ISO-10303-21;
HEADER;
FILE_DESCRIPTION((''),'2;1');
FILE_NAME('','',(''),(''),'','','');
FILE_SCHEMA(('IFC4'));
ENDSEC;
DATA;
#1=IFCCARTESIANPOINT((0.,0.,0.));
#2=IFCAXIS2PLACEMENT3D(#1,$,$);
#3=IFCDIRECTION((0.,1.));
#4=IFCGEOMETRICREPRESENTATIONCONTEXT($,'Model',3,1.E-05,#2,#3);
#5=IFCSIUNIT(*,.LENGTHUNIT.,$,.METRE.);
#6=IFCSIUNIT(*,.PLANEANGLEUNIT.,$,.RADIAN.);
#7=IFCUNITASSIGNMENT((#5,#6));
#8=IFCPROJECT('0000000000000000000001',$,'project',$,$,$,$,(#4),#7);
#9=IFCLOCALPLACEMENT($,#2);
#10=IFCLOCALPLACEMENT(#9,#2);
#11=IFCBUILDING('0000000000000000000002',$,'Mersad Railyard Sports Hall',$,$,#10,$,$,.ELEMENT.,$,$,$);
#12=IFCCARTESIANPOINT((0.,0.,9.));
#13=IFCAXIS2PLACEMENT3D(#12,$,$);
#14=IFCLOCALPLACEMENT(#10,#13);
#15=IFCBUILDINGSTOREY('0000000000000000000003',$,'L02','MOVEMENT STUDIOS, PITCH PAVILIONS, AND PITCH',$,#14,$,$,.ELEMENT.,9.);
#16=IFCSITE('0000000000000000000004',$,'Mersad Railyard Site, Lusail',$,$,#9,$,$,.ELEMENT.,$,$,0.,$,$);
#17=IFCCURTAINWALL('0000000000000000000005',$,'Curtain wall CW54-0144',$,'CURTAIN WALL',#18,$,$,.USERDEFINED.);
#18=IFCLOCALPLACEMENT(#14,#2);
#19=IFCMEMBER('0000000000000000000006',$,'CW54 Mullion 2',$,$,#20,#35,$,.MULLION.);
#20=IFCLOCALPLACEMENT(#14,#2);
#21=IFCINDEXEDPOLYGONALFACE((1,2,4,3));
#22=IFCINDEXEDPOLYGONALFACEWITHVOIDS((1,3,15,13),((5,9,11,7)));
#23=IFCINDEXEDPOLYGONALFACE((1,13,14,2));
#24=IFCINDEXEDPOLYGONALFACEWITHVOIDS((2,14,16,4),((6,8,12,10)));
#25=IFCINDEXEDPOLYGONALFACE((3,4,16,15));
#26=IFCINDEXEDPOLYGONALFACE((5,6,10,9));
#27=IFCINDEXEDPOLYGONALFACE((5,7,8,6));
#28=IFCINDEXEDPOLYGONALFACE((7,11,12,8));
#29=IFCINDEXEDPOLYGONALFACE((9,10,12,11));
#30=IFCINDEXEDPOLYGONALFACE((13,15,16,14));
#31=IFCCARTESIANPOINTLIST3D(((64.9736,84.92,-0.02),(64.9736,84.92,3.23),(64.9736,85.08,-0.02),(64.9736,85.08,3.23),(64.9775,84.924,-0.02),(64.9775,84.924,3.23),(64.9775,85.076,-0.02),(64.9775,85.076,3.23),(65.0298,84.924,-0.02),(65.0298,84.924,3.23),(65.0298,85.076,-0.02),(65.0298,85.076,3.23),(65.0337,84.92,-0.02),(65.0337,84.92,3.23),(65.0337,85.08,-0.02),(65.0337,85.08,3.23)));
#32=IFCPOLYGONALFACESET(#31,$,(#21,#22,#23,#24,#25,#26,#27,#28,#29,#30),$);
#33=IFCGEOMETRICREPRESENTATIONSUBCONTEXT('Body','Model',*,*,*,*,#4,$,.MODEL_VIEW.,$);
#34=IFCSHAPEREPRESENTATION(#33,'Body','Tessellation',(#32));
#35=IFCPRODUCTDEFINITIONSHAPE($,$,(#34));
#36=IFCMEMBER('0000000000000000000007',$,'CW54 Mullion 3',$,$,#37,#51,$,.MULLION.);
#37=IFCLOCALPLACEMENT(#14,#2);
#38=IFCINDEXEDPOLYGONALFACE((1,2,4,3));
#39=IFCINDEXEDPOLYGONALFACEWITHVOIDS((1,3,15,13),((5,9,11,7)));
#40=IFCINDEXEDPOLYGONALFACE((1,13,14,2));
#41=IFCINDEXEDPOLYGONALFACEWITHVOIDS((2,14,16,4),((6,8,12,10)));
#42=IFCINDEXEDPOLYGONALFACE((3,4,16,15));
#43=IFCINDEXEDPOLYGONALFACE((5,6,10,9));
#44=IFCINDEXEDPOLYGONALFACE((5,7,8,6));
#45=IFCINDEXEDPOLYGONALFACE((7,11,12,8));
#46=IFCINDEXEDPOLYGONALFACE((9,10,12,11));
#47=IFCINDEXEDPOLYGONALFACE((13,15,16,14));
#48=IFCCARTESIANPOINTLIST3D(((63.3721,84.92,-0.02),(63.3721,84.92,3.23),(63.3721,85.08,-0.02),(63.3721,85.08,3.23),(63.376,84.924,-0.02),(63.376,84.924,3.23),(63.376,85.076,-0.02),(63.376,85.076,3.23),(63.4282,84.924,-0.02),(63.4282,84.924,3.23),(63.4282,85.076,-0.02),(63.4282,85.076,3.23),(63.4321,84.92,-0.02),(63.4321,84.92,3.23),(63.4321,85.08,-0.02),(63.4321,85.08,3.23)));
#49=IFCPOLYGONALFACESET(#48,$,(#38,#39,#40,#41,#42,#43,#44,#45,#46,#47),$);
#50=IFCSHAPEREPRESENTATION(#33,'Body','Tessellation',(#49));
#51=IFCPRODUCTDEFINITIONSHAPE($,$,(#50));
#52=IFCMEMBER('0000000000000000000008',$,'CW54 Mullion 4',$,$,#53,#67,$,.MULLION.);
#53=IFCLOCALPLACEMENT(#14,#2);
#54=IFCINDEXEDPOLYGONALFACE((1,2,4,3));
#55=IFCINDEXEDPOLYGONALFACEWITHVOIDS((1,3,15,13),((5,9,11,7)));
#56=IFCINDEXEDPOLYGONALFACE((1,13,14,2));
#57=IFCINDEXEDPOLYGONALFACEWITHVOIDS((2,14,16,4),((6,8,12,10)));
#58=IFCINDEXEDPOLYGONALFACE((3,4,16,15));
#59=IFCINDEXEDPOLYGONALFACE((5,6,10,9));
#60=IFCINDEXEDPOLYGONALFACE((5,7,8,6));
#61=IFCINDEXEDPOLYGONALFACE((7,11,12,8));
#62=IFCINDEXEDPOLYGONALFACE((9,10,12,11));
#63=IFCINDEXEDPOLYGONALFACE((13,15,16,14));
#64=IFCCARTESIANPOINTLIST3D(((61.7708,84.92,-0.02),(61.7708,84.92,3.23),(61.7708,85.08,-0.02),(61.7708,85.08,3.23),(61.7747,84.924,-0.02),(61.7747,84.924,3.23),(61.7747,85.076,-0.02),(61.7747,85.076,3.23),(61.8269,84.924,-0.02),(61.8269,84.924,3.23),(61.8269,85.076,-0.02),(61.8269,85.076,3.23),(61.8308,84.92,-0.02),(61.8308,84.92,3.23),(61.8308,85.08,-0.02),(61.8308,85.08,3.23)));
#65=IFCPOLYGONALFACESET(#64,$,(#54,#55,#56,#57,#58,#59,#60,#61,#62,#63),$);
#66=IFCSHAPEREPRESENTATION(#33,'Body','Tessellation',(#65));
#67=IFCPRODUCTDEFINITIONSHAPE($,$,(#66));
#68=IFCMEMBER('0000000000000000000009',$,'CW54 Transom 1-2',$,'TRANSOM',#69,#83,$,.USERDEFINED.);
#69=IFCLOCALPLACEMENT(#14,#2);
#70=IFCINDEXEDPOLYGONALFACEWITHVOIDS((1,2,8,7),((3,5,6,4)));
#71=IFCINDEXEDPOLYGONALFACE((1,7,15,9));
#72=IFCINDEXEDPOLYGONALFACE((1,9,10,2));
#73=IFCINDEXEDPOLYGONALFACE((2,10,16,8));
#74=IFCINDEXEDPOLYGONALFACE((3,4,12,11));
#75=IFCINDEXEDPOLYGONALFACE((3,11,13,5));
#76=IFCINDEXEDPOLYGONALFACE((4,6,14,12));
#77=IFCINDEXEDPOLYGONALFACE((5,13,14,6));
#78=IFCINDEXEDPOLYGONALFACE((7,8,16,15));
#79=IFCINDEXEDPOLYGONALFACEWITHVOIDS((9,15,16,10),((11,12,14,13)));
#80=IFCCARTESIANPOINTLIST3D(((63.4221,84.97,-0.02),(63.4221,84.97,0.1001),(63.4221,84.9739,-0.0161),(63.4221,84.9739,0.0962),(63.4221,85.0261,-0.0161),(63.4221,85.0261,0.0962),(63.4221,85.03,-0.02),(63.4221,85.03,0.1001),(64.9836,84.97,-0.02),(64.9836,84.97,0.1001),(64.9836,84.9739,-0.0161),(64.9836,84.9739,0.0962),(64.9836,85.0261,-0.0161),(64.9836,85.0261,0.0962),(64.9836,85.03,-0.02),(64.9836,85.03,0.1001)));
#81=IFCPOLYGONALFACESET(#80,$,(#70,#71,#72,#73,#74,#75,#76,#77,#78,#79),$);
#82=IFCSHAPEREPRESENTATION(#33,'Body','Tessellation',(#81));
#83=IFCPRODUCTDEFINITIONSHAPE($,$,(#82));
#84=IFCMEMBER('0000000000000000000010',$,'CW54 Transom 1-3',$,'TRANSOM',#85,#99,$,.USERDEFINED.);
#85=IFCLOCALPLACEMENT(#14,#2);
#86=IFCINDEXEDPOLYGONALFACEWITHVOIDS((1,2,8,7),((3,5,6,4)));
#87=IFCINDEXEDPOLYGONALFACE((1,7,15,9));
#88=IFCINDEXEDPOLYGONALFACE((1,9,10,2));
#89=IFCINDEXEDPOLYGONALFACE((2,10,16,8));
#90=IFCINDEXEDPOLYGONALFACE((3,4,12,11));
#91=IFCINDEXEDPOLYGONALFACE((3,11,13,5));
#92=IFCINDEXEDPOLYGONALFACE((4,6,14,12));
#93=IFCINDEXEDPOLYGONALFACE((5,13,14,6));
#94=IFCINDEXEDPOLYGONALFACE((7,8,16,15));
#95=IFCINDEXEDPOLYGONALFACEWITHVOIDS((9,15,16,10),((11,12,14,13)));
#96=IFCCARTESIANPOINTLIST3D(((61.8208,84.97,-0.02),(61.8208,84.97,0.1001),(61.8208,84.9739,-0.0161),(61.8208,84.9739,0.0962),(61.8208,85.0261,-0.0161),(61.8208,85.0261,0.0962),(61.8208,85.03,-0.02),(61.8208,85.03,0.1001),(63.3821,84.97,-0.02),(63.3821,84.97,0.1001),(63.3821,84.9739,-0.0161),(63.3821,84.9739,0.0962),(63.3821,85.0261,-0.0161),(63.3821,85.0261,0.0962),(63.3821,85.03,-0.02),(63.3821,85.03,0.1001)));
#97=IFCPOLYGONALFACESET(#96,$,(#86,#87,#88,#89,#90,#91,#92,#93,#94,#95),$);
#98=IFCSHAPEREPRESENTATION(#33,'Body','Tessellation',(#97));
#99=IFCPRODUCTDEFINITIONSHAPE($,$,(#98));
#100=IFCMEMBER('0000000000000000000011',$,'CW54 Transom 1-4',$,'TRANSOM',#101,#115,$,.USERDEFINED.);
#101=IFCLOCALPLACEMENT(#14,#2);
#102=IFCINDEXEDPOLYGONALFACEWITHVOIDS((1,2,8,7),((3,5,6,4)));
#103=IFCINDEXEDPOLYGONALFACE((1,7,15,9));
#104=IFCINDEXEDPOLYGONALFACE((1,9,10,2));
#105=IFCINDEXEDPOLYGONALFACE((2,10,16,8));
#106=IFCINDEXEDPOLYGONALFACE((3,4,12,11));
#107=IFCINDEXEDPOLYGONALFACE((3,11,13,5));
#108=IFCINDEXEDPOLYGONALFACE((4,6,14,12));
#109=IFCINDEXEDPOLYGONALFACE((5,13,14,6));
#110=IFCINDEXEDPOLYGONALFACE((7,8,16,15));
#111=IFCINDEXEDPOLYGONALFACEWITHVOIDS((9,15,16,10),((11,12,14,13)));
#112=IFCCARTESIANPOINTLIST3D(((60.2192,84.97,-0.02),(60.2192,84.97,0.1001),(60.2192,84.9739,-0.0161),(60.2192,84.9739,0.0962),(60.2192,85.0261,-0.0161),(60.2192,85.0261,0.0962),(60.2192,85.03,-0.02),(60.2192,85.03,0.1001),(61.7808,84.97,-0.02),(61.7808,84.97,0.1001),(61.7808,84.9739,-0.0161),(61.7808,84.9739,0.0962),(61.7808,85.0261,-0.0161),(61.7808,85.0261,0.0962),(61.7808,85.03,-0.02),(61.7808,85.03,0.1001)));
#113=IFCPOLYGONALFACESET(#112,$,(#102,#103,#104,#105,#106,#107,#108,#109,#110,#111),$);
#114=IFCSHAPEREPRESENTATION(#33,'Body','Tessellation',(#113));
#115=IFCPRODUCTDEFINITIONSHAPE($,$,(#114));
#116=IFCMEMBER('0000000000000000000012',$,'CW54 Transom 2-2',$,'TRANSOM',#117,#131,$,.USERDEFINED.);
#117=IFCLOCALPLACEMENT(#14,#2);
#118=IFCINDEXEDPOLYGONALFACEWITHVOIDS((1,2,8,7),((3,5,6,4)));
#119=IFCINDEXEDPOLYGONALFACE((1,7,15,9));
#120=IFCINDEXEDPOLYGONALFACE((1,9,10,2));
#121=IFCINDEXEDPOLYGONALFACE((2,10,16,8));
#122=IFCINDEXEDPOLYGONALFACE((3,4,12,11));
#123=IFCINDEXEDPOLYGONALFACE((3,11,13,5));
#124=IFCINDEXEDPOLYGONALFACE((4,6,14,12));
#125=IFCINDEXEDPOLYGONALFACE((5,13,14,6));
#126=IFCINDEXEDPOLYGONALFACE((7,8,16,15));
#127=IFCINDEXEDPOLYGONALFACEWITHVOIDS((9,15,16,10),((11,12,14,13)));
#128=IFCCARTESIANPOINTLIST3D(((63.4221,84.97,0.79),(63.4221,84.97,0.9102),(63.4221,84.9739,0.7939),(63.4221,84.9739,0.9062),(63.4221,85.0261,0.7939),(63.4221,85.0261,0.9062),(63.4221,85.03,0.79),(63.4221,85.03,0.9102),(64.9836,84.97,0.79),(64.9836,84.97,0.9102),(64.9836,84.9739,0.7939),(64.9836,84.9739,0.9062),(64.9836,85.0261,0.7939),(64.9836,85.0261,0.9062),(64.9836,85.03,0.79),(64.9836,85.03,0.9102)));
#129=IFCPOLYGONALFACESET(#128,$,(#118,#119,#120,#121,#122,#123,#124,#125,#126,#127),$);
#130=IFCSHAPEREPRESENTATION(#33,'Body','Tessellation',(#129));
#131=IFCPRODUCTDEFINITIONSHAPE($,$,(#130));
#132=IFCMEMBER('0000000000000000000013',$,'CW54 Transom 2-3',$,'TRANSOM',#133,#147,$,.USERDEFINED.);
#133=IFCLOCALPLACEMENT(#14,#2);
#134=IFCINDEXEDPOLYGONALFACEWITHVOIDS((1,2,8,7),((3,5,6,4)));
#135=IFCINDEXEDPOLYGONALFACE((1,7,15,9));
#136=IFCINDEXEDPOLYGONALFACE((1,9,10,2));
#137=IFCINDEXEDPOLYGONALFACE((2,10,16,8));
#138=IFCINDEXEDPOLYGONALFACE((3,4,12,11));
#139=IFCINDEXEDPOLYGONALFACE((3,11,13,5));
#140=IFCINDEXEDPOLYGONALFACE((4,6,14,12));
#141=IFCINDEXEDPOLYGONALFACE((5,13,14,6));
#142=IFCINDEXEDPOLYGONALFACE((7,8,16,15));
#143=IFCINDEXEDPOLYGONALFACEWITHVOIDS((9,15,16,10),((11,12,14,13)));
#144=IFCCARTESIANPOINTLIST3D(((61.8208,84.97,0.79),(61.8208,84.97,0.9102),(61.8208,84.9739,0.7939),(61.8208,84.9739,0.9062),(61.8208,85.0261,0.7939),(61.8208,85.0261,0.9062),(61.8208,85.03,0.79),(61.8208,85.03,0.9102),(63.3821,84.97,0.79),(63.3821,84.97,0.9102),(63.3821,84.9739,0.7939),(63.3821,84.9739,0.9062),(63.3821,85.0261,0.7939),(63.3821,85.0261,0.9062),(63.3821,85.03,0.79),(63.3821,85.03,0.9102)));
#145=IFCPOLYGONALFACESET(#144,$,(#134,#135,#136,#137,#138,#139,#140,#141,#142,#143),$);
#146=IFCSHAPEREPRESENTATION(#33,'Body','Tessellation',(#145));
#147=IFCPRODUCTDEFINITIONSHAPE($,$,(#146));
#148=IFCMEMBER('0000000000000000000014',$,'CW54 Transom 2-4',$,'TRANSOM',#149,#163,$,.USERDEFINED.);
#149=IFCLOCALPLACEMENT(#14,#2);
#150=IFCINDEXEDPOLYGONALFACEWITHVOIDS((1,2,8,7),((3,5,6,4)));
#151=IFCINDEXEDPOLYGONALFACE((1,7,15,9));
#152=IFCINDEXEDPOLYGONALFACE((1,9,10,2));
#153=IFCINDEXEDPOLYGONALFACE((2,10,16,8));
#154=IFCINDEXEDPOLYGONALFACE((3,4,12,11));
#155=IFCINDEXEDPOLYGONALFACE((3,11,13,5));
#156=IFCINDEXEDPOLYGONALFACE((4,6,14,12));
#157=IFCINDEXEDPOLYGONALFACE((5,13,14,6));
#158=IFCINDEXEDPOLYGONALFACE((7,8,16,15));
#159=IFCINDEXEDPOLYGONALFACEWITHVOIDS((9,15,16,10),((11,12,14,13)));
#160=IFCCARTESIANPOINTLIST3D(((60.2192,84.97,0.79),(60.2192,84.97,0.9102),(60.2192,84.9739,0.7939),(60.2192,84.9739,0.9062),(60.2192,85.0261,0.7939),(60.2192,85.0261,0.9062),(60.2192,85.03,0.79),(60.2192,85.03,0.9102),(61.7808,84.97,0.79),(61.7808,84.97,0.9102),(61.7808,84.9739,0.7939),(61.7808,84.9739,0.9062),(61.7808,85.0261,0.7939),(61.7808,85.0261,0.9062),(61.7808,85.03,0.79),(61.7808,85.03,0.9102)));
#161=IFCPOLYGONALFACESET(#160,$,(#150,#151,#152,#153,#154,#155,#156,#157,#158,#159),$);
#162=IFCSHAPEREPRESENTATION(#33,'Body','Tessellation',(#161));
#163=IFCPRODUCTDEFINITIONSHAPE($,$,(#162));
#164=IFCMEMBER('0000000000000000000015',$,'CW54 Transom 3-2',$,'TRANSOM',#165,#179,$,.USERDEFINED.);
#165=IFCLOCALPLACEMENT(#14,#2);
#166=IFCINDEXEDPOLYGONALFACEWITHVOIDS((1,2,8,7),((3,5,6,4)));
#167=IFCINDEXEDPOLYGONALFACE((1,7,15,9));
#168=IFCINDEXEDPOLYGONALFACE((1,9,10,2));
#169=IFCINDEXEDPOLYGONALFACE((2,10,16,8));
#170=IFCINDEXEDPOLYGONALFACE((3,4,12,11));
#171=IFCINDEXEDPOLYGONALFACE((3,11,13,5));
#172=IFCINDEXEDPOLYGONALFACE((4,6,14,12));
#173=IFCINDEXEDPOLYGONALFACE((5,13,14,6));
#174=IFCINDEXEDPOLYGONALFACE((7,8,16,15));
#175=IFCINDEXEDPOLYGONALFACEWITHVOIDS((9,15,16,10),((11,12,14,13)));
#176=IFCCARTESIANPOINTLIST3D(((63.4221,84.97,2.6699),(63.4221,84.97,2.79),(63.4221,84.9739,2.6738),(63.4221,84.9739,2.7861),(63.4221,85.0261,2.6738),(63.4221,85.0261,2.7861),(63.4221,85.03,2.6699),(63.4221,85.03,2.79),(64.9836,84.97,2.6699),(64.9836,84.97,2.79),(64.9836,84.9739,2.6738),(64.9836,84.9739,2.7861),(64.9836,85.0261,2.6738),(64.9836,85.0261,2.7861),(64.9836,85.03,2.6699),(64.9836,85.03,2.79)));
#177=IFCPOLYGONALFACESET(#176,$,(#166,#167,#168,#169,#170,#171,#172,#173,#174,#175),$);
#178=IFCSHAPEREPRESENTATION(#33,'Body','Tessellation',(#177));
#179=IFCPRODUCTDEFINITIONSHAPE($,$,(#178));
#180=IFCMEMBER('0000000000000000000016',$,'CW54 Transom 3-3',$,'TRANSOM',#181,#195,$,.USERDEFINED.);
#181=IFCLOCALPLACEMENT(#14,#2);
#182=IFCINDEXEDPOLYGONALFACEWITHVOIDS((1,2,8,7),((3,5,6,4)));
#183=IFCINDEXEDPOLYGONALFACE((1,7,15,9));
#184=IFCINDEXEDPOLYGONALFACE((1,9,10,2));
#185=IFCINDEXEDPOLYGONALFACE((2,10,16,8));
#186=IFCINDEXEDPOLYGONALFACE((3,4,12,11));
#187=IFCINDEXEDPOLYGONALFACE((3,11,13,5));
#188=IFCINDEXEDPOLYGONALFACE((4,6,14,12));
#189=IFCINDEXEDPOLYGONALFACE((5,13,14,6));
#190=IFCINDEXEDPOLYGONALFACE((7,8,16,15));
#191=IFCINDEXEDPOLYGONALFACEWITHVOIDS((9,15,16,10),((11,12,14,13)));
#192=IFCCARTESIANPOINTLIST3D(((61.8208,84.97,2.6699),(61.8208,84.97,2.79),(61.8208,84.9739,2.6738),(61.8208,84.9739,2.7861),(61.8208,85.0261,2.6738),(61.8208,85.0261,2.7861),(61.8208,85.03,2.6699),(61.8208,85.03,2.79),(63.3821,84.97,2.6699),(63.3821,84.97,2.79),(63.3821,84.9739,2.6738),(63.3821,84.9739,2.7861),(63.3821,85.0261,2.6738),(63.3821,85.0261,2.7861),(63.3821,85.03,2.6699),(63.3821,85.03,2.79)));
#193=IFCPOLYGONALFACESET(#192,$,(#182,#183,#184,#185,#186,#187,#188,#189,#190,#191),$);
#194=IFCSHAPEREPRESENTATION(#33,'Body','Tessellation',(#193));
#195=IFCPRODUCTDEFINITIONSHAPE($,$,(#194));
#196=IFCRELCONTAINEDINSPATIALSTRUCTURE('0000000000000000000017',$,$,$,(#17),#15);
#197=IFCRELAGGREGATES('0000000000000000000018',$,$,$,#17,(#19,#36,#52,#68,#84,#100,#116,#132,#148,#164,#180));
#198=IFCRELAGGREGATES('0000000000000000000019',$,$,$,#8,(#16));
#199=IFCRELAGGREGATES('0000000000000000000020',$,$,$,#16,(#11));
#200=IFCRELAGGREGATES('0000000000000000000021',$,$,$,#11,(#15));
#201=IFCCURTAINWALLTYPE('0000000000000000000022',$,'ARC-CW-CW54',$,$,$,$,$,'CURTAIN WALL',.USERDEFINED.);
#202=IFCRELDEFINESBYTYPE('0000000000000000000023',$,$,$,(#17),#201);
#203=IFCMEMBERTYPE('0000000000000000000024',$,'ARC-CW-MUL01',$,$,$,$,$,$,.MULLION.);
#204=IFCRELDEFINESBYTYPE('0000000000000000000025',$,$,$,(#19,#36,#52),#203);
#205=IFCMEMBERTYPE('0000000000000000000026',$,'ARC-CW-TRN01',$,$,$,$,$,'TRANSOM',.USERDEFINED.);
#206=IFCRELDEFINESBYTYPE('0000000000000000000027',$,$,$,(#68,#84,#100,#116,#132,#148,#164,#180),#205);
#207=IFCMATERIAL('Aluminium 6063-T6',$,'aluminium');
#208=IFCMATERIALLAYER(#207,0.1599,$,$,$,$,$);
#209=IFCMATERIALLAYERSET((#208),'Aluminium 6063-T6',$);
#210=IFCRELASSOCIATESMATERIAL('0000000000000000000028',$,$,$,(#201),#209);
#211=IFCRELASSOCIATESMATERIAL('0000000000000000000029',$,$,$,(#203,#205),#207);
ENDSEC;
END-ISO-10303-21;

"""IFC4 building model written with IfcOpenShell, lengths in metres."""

from ifc_helpers import new_model, si_unit, direction, frame, origin, origin_2d, place, context, subcontext, project, spatial, hollow_rectangle, extrude, material, layer, layer_set, material_profile, profile_set, type_object, element, aggregate, save


model = new_model("IFC4")

# Units and contexts
model_context = context("Model", 3, precision=1e-05, world=origin(), true_north=direction((0.0, 1.0)))
body_context = subcontext(model_context, "Body", "Model", "MODEL_VIEW")
ifc_project = project(units=[si_unit("LENGTHUNIT", "METRE"), si_unit("PLANEANGLEUNIT", "RADIAN")], contexts=[model_context])

# Site, building, storey
site_placement = place(None, origin())
site = spatial("IfcSite", under=ifc_project, at=site_placement, Name="Mersad Railyard Site, Lusail", CompositionType="ELEMENT", RefElevation=0.0)
building_placement = place(site_placement, origin())
building = spatial("IfcBuilding", under=site, at=building_placement, Name="Mersad Railyard Sports Hall", CompositionType="ELEMENT")
storey_placement = place(building_placement, frame((0.0, 0.0, 9.0)))
storey = spatial("IfcBuildingStorey", under=building, at=storey_placement, Name="L02", Description="MOVEMENT STUDIOS, PITCH PAVILIONS, AND PITCH", CompositionType="ELEMENT", Elevation=9.0)

# Curtain wall, members
ifc_material_1 = material(Name="Aluminium 6063-T6", Category="aluminium")
ifc_layer_1 = layer(ifc_material_1, 0.1599)
ifc_layer_set_1 = layer_set([ifc_layer_1], Name="Aluminium 6063-T6")
curtain_wall_type = type_object("IfcCurtainWallType", Name="ARC-CW-CW54", ElementType="CURTAIN WALL", PredefinedType="USERDEFINED", material=ifc_layer_set_1)
curtain_wall_placement = place(storey_placement, origin())
curtain_wall = element("IfcCurtainWall", 1, at=curtain_wall_placement, inside=storey, type_object=curtain_wall_type, Name="Curtain wall CW54-0144", ObjectType="CURTAIN WALL", PredefinedType="USERDEFINED")
ifc_material_profile_1 = material_profile(ifc_material_1, hollow_rectangle(XDim=0.0601, YDim=0.1599, WallThickness=0.0039, at=origin_2d()), Name="AL MULLION 60x160x4")
ifc_profile_set_1 = profile_set([ifc_material_profile_1], Name="Aluminium 6063-T6")
member_type_1 = type_object("IfcMemberType", Name="ARC-CW-MUL01", PredefinedType="MULLION", material=ifc_profile_set_1)
member_1_placement = place(storey_placement, frame((65.0037, 85.0, -0.02), z_axis=(0.0, 0.0, 1.0), x_axis=(1.0, 0.0, 0.0)))
member_1 = element("IfcMember", 2, at=member_1_placement, type_object=member_type_1, Name="CW54 Mullion 2", PredefinedType="MULLION", context=body_context, shape_type="SweptSolid", body=[
    extrude(hollow_rectangle(XDim=0.0601, YDim=0.1599, WallThickness=0.0039, at=origin_2d()), origin(), (0.0, 0.0, 1.0), 3.25),
])
member_2_placement = place(storey_placement, frame((63.4021, 85.0, -0.02), z_axis=(0.0, 0.0, 1.0), x_axis=(1.0, 0.0, 0.0)))
member_2 = element("IfcMember", 3, at=member_2_placement, type_object=member_type_1, Name="CW54 Mullion 3", PredefinedType="MULLION", context=body_context, shape_type="SweptSolid", body=[
    extrude(hollow_rectangle(XDim=0.0601, YDim=0.1599, WallThickness=0.0039, at=origin_2d()), origin(), (0.0, 0.0, 1.0), 3.25),
])
member_3_placement = place(storey_placement, frame((61.8008, 85.0, -0.02), z_axis=(0.0, 0.0, 1.0), x_axis=(1.0, 0.0, 0.0)))
member_3 = element("IfcMember", 4, at=member_3_placement, type_object=member_type_1, Name="CW54 Mullion 4", PredefinedType="MULLION", context=body_context, shape_type="SweptSolid", body=[
    extrude(hollow_rectangle(XDim=0.0601, YDim=0.1599, WallThickness=0.0039, at=origin_2d()), origin(), (0.0, 0.0, 1.0), 3.25),
])
ifc_material_profile_2 = material_profile(ifc_material_1, hollow_rectangle(XDim=0.0601, YDim=0.1201, WallThickness=0.0039, at=origin_2d()), Name="AL TRANSOM 60x120x4")
ifc_profile_set_2 = profile_set([ifc_material_profile_2], Name="Aluminium 6063-T6")
member_type_2 = type_object("IfcMemberType", Name="ARC-CW-TRN01", ElementType="TRANSOM", PredefinedType="USERDEFINED", material=ifc_profile_set_2)
member_4_placement = place(storey_placement, frame((64.9836, 85.0, 0.04), z_axis=(-1.0, 0.0, 0.0), x_axis=(0.0, -1.0, 0.0)))
member_4 = element("IfcMember", 5, at=member_4_placement, type_object=member_type_2, Name="CW54 Transom 1-2", ObjectType="TRANSOM", PredefinedType="USERDEFINED", context=body_context, shape_type="SweptSolid", body=[
    extrude(hollow_rectangle(XDim=0.0601, YDim=0.1201, WallThickness=0.0039, at=origin_2d()), origin(), (0.0, 0.0, 1.0), 1.5615),
])
member_5_placement = place(storey_placement, frame((63.3821, 85.0, 0.04), z_axis=(-1.0, 0.0, 0.0), x_axis=(0.0, -1.0, 0.0)))
member_5 = element("IfcMember", 6, at=member_5_placement, type_object=member_type_2, Name="CW54 Transom 1-3", ObjectType="TRANSOM", PredefinedType="USERDEFINED", context=body_context, shape_type="SweptSolid", body=[
    extrude(hollow_rectangle(XDim=0.0601, YDim=0.1201, WallThickness=0.0039, at=origin_2d()), origin(), (0.0, 0.0, 1.0), 1.5613),
])
member_6_placement = place(storey_placement, frame((61.7808, 85.0, 0.04), z_axis=(-1.0, 0.0, 0.0), x_axis=(0.0, -1.0, 0.0)))
member_6 = element("IfcMember", 7, at=member_6_placement, type_object=member_type_2, Name="CW54 Transom 1-4", ObjectType="TRANSOM", PredefinedType="USERDEFINED", context=body_context, shape_type="SweptSolid", body=[
    extrude(hollow_rectangle(XDim=0.0601, YDim=0.1201, WallThickness=0.0039, at=origin_2d()), origin(), (0.0, 0.0, 1.0), 1.5615),
])
member_7_placement = place(storey_placement, frame((64.9836, 85.0, 0.8501), z_axis=(-1.0, 0.0, 0.0), x_axis=(0.0, -1.0, 0.0)))
member_7 = element("IfcMember", 8, at=member_7_placement, type_object=member_type_2, Name="CW54 Transom 2-2", ObjectType="TRANSOM", PredefinedType="USERDEFINED", context=body_context, shape_type="SweptSolid", body=[
    extrude(hollow_rectangle(XDim=0.0601, YDim=0.1201, WallThickness=0.0039, at=origin_2d()), origin(), (0.0, 0.0, 1.0), 1.5615),
])
member_8_placement = place(storey_placement, frame((63.3821, 85.0, 0.8501), z_axis=(-1.0, 0.0, 0.0), x_axis=(0.0, -1.0, 0.0)))
member_8 = element("IfcMember", 9, at=member_8_placement, type_object=member_type_2, Name="CW54 Transom 2-3", ObjectType="TRANSOM", PredefinedType="USERDEFINED", context=body_context, shape_type="SweptSolid", body=[
    extrude(hollow_rectangle(XDim=0.0601, YDim=0.1201, WallThickness=0.0039, at=origin_2d()), origin(), (0.0, 0.0, 1.0), 1.5613),
])
member_9_placement = place(storey_placement, frame((61.7808, 85.0, 0.8501), z_axis=(-1.0, 0.0, 0.0), x_axis=(0.0, -1.0, 0.0)))
member_9 = element("IfcMember", 10, at=member_9_placement, type_object=member_type_2, Name="CW54 Transom 2-4", ObjectType="TRANSOM", PredefinedType="USERDEFINED", context=body_context, shape_type="SweptSolid", body=[
    extrude(hollow_rectangle(XDim=0.0601, YDim=0.1201, WallThickness=0.0039, at=origin_2d()), origin(), (0.0, 0.0, 1.0), 1.5615),
])
member_10_placement = place(storey_placement, frame((64.9836, 85.0, 2.73), z_axis=(-1.0, 0.0, 0.0), x_axis=(0.0, -1.0, 0.0)))
member_10 = element("IfcMember", 11, at=member_10_placement, type_object=member_type_2, Name="CW54 Transom 3-2", ObjectType="TRANSOM", PredefinedType="USERDEFINED", context=body_context, shape_type="SweptSolid", body=[
    extrude(hollow_rectangle(XDim=0.0601, YDim=0.1201, WallThickness=0.0039, at=origin_2d()), origin(), (0.0, 0.0, 1.0), 1.5615),
])
member_11_placement = place(storey_placement, frame((63.3821, 85.0, 2.73), z_axis=(-1.0, 0.0, 0.0), x_axis=(0.0, -1.0, 0.0)))
member_11 = element("IfcMember", 12, at=member_11_placement, type_object=member_type_2, Name="CW54 Transom 3-3", ObjectType="TRANSOM", PredefinedType="USERDEFINED", context=body_context, shape_type="SweptSolid", body=[
    extrude(hollow_rectangle(XDim=0.0601, YDim=0.1201, WallThickness=0.0039, at=origin_2d()), origin(), (0.0, 0.0, 1.0), 1.5613),
])
aggregate(curtain_wall, [member_1, member_2, member_3, member_4, member_5, member_6, member_7, member_8, member_9, member_10, member_11])

save(model, "model.ifc")
